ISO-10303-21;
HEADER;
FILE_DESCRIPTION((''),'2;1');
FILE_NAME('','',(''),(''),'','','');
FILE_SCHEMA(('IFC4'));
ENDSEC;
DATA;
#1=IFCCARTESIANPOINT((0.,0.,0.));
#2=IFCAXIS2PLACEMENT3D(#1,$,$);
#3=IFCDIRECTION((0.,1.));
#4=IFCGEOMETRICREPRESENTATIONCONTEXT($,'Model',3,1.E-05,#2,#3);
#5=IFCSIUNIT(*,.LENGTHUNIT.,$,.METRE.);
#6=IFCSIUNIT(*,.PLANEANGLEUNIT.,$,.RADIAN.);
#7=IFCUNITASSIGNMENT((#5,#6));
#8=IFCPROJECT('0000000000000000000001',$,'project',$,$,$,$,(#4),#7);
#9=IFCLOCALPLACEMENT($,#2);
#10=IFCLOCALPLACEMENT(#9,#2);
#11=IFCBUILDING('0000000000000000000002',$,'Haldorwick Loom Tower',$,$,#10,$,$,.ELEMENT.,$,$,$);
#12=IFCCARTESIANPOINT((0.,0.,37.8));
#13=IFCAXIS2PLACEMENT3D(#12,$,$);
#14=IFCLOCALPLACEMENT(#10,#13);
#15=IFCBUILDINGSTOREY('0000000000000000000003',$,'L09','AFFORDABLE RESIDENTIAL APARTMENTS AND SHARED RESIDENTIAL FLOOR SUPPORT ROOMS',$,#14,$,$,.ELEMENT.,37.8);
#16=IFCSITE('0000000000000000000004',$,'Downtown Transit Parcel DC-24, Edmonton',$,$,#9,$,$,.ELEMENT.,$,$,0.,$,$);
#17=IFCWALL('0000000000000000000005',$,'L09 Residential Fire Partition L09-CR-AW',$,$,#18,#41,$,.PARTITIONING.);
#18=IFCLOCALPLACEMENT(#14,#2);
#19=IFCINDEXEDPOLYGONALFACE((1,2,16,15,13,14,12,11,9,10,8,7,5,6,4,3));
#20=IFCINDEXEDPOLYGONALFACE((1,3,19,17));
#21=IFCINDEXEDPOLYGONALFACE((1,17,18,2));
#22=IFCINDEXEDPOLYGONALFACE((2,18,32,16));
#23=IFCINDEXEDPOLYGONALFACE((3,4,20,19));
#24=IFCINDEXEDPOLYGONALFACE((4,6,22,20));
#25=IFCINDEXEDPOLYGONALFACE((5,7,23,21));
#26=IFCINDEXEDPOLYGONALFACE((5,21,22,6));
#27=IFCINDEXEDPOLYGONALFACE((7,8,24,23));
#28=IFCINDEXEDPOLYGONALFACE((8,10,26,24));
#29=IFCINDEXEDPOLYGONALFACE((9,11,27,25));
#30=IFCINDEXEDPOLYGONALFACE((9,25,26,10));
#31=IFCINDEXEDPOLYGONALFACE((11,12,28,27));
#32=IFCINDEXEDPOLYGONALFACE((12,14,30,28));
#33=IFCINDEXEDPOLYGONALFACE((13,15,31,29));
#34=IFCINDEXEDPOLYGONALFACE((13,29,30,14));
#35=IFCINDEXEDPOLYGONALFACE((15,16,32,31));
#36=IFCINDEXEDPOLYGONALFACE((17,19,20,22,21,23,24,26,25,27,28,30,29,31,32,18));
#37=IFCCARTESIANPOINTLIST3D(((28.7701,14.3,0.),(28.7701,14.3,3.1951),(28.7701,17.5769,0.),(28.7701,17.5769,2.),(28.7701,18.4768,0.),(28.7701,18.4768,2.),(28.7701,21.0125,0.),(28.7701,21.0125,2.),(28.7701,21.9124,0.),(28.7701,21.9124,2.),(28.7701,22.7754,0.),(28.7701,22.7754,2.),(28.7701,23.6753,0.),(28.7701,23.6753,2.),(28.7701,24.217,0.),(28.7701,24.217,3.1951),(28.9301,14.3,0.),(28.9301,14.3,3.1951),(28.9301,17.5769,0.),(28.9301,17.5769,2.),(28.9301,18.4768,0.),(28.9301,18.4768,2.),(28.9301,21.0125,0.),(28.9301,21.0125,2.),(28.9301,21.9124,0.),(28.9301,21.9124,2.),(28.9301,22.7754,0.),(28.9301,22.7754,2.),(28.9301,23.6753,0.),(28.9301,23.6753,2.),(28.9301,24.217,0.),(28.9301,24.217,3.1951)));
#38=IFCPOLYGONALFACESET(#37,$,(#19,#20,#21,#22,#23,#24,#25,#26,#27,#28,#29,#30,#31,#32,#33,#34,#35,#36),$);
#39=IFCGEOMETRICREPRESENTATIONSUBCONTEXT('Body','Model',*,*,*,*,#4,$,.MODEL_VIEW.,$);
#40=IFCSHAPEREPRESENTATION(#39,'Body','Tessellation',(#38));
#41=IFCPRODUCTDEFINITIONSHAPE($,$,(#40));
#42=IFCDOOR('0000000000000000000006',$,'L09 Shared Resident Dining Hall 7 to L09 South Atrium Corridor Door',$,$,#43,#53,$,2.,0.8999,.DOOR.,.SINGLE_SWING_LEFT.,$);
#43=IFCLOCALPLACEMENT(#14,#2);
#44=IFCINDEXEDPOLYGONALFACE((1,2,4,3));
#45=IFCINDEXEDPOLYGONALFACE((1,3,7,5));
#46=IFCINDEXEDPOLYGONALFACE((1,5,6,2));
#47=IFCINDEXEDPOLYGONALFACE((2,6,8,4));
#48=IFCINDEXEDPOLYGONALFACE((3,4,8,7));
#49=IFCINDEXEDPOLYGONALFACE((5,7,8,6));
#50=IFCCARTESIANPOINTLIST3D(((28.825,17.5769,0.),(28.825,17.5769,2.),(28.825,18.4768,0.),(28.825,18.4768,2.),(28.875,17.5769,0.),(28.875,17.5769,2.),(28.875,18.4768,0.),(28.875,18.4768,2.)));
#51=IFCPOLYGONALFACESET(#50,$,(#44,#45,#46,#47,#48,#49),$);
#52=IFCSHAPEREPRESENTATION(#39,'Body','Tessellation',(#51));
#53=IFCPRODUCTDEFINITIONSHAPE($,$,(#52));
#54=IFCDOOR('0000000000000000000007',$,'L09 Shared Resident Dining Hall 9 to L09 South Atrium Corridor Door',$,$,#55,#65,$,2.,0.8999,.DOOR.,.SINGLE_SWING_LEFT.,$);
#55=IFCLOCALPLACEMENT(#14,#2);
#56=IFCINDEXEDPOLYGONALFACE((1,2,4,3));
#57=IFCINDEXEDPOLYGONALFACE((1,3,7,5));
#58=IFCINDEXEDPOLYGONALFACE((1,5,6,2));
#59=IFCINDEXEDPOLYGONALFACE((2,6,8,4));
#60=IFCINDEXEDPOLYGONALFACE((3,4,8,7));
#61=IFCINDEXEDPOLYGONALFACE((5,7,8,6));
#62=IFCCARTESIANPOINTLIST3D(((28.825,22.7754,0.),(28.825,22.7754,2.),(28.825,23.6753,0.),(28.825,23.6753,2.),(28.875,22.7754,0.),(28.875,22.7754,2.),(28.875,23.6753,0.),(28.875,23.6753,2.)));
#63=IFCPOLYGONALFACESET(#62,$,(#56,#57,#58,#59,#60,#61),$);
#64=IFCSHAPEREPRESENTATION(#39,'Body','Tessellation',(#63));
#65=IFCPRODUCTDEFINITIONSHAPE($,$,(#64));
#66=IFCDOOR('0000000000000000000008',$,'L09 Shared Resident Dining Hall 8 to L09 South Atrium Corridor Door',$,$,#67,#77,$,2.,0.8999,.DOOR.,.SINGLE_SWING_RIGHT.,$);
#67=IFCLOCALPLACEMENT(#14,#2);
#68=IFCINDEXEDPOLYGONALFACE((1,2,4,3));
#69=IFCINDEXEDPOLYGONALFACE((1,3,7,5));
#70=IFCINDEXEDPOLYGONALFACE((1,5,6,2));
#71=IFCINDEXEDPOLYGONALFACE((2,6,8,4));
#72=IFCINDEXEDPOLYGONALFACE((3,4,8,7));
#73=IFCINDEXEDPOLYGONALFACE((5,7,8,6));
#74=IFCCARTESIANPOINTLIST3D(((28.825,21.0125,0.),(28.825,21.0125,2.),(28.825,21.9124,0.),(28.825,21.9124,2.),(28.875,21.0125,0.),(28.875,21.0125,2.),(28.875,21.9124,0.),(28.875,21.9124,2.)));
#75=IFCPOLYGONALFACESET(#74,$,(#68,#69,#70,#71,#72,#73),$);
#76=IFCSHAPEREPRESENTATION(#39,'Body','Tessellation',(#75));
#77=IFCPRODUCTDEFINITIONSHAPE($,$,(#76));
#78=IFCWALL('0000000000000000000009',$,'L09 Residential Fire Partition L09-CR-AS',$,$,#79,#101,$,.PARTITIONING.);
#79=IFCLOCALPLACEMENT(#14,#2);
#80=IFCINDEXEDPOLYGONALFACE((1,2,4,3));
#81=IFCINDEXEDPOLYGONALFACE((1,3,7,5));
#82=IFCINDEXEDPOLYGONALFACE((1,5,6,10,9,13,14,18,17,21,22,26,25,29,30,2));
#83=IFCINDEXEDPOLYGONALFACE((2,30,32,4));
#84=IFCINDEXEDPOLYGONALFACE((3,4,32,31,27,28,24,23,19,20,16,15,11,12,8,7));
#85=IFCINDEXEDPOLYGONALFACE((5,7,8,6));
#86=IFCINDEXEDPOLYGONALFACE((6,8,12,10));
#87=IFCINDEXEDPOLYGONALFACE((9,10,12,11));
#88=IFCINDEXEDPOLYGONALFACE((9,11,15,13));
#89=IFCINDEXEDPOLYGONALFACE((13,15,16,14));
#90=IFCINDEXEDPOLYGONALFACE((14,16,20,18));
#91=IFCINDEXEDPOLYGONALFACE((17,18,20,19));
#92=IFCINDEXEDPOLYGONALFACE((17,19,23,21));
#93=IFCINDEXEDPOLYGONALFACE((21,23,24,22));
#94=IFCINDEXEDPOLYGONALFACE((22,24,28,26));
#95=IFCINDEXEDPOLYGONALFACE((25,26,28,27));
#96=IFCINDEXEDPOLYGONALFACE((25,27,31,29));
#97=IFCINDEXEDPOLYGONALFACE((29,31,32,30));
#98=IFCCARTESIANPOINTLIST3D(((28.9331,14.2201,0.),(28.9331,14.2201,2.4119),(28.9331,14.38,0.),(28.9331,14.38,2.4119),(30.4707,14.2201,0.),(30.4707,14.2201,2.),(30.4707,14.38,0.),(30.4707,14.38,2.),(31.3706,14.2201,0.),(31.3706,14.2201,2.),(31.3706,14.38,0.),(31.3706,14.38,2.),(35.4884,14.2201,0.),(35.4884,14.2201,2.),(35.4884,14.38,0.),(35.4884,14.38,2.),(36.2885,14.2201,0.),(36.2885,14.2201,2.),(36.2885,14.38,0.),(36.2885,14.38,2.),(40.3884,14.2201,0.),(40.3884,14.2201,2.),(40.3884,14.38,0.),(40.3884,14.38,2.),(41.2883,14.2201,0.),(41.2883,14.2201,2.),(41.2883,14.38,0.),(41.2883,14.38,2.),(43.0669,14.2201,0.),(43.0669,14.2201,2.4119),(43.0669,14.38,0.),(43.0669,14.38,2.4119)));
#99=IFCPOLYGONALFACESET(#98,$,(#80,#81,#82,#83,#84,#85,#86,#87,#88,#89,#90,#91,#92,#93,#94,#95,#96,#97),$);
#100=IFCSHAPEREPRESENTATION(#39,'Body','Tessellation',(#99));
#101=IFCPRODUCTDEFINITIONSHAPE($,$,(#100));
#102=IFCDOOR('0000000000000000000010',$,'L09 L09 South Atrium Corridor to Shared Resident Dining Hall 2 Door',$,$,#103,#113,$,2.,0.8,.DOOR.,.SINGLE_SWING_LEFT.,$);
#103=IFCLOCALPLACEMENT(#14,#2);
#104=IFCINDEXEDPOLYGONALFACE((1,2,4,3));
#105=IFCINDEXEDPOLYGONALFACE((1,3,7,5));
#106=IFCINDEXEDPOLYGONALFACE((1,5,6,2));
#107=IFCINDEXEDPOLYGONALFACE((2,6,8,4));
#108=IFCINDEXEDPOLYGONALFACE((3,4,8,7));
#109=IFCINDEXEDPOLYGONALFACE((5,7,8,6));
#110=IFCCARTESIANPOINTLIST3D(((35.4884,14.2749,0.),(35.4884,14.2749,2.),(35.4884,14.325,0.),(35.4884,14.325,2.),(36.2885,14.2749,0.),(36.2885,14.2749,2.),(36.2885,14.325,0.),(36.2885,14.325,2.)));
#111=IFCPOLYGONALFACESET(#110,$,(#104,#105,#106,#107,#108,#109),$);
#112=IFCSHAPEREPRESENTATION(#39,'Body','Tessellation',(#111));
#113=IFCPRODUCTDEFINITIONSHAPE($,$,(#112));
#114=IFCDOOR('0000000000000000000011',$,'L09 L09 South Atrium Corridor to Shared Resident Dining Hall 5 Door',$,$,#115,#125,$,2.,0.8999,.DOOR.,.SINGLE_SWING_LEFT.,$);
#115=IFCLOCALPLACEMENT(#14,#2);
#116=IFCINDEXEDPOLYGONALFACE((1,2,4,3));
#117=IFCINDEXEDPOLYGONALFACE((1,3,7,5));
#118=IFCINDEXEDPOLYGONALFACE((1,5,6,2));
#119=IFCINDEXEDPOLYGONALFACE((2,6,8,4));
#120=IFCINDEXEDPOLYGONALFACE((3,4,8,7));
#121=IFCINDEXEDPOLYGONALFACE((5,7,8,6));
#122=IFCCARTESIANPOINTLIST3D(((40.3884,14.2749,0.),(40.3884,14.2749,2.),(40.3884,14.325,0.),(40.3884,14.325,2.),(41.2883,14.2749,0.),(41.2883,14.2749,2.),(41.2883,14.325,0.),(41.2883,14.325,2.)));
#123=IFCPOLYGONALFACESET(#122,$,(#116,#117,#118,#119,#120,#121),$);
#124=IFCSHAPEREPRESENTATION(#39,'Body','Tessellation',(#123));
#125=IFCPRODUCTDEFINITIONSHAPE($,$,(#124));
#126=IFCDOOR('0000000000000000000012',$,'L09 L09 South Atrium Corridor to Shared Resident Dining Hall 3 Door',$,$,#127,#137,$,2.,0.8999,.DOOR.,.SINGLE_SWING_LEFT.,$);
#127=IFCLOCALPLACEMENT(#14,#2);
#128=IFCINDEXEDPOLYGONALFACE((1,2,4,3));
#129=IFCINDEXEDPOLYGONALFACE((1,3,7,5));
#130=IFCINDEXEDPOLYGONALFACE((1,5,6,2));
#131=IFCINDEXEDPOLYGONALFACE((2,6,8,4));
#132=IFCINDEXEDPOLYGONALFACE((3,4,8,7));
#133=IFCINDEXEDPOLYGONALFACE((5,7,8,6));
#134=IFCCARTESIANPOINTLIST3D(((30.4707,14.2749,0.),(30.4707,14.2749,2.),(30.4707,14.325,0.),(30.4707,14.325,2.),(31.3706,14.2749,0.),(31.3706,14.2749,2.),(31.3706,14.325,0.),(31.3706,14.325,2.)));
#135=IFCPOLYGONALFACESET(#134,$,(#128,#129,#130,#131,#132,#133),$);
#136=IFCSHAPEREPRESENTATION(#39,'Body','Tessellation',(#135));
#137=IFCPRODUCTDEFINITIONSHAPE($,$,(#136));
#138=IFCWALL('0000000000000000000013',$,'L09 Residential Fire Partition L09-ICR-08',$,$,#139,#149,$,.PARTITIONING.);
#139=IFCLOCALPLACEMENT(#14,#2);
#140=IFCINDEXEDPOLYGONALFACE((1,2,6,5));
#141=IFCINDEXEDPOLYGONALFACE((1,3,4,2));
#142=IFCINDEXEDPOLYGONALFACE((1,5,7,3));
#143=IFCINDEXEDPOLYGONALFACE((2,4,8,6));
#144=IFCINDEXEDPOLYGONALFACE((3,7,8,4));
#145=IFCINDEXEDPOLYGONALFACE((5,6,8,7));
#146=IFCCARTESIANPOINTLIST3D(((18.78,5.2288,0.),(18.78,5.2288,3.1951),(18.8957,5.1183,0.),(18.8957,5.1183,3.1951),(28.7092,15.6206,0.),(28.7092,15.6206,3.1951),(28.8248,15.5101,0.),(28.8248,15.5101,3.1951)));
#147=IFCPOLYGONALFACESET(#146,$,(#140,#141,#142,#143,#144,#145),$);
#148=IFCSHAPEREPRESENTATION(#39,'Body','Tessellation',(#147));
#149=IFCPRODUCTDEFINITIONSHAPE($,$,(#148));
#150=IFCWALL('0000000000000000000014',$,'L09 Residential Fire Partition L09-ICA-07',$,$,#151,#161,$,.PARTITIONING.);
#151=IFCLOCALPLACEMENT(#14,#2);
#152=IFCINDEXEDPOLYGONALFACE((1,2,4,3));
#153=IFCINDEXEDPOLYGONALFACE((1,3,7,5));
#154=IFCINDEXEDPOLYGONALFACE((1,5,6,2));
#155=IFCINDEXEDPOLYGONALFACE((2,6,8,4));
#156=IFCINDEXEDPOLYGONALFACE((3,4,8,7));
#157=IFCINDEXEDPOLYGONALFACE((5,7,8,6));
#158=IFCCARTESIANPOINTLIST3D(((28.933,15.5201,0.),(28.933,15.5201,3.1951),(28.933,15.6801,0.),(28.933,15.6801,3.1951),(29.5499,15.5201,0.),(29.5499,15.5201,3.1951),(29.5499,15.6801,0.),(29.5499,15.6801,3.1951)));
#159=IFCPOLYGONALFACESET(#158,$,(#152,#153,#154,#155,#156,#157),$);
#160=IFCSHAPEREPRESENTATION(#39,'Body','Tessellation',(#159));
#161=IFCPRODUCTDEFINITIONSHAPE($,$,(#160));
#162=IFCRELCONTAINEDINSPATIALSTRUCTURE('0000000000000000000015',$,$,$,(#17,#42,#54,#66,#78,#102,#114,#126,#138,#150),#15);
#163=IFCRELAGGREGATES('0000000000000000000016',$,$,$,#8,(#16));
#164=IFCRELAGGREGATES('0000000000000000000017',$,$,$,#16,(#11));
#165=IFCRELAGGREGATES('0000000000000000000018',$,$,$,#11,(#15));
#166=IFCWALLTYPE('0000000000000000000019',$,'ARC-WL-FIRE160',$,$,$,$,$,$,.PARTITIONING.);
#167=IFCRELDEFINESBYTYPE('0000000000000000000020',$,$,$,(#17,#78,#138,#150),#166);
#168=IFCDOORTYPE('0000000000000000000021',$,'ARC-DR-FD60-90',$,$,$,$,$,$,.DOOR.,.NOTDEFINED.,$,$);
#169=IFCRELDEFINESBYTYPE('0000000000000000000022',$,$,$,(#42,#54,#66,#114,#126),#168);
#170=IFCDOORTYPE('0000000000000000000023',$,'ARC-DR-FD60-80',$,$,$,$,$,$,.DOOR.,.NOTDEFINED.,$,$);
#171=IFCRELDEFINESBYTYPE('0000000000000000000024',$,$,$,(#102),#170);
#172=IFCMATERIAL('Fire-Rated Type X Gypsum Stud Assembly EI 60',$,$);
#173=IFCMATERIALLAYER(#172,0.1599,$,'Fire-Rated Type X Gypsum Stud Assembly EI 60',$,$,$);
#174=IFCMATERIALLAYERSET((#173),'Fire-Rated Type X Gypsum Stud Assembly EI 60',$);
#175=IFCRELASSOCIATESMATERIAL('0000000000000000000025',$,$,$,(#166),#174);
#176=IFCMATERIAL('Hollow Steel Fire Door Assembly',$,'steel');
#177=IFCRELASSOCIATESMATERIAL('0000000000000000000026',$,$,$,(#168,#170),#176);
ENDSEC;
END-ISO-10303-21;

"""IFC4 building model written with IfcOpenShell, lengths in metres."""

from ifc_helpers import new_model, si_unit, direction, frame, frame_2d, origin, place, context, subcontext, project, spatial, rectangle, extrude, material, layer, layer_set, type_object, element, fill, save


model = new_model("IFC4")

# Units and contexts
model_context = context("Model", 3, precision=1e-05, world=origin(), true_north=direction((0.0, 1.0)))
body_context = subcontext(model_context, "Body", "Model", "MODEL_VIEW")
ifc_project = project(units=[si_unit("LENGTHUNIT", "METRE"), si_unit("PLANEANGLEUNIT", "RADIAN")], contexts=[model_context])

# Site, building, storey
site_placement = place(None, origin())
site = spatial("IfcSite", under=ifc_project, at=site_placement, Name="Downtown Transit Parcel DC-24, Edmonton", CompositionType="ELEMENT", RefElevation=0.0)
building_placement = place(site_placement, origin())
building = spatial("IfcBuilding", under=site, at=building_placement, Name="Haldorwick Loom Tower", CompositionType="ELEMENT")
storey_placement = place(building_placement, frame((0.0, 0.0, 37.8)))
storey = spatial("IfcBuildingStorey", under=building, at=storey_placement, Name="L09", Description="AFFORDABLE RESIDENTIAL APARTMENTS AND SHARED RESIDENTIAL FLOOR SUPPORT ROOMS", CompositionType="ELEMENT", Elevation=37.8)

# Walls, openings, doors
ifc_material_1 = material(Name="Fire-Rated Type X Gypsum Stud Assembly EI 60")
ifc_layer_1 = layer(ifc_material_1, 0.1599, Name="Fire-Rated Type X Gypsum Stud Assembly EI 60")
ifc_layer_set_1 = layer_set([ifc_layer_1], Name="Fire-Rated Type X Gypsum Stud Assembly EI 60")
wall_type_1 = type_object("IfcWallType", Name="ARC-WL-FIRE160", PredefinedType="PARTITIONING", material=ifc_layer_set_1)
wall_1_placement = place(storey_placement, frame((28.8501, 14.3, 0.0), z_axis=(0.0, 0.0, 1.0), x_axis=(0.0, 1.0, 0.0)))
wall_1 = element("IfcWall", 1, at=wall_1_placement, inside=storey, type_object=wall_type_1, Name="L09 Residential Fire Partition L09-CR-AW", PredefinedType="PARTITIONING", context=body_context, shape_type="SweptSolid", body=[
    extrude(rectangle(XDim=9.917, YDim=0.1599, at=frame_2d((4.9585, 0.0))), origin(), (0.0, 0.0, 1.0), 3.1951),
])
opening_1_placement = place(wall_1_placement, frame((3.2769, 0.0, 0.0)))
opening_1 = element("IfcOpeningElement", 2, at=opening_1_placement, cuts=wall_1, PredefinedType="OPENING", context=body_context, shape_type="SweptSolid", body=[
    extrude(rectangle(XDim=0.8999, YDim=2.0, at=frame_2d((0.45, 1.0))), frame((0.0, 0.0898, 0.0), z_axis=(0.0, -1.0, 0.0), x_axis=(1.0, 0.0, 0.0)), (0.0, 0.0, 1.0), 0.1799),
])
opening_2_placement = place(wall_1_placement, frame((8.4753, 0.0, 0.0)))
opening_2 = element("IfcOpeningElement", 3, at=opening_2_placement, cuts=wall_1, PredefinedType="OPENING", context=body_context, shape_type="SweptSolid", body=[
    extrude(rectangle(XDim=0.8999, YDim=2.0, at=frame_2d((0.45, 1.0))), frame((0.0, 0.0898, 0.0), z_axis=(0.0, -1.0, 0.0), x_axis=(1.0, 0.0, 0.0)), (0.0, 0.0, 1.0), 0.1799),
])
opening_3_placement = place(wall_1_placement, frame((6.7124, 0.0, 0.0)))
opening_3 = element("IfcOpeningElement", 4, at=opening_3_placement, cuts=wall_1, PredefinedType="OPENING", context=body_context, shape_type="SweptSolid", body=[
    extrude(rectangle(XDim=0.8999, YDim=2.0, at=frame_2d((0.45, 1.0))), frame((0.0, 0.0898, 0.0), z_axis=(0.0, -1.0, 0.0), x_axis=(1.0, 0.0, 0.0)), (0.0, 0.0, 1.0), 0.1799),
])
ifc_material_2 = material(Name="Hollow Steel Fire Door Assembly", Category="steel")
door_type_1 = type_object("IfcDoorType", Name="ARC-DR-FD60-90", OperationType="NOTDEFINED", PredefinedType="DOOR", material=ifc_material_2)
door_1_placement = place(opening_1_placement, frame((0.8999, 0.0, 0.0), z_axis=(0.0, 0.0, 1.0), x_axis=(-1.0, 0.0, 0.0)))
door_1 = element("IfcDoor", 5, at=door_1_placement, inside=storey, type_object=door_type_1, Name="L09 Shared Resident Dining Hall 7 to L09 South Atrium Corridor Door", OperationType="SINGLE_SWING_LEFT", OverallHeight=2.0, OverallWidth=0.8999, PredefinedType="DOOR", context=body_context, shape_type="SweptSolid", body=[
    extrude(rectangle(XDim=0.8999, YDim=2.0, at=frame_2d((0.45, 1.0))), frame((0.0, 0.0249, 0.0), z_axis=(0.0, -1.0, 0.0), x_axis=(1.0, 0.0, 0.0)), (0.0, 0.0, 1.0), 0.05),
])
fill(opening_1, door_1)
door_2_placement = place(opening_2_placement, frame((0.8999, 0.0, 0.0), z_axis=(0.0, 0.0, 1.0), x_axis=(-1.0, 0.0, 0.0)))
door_2 = element("IfcDoor", 6, at=door_2_placement, inside=storey, type_object=door_type_1, Name="L09 Shared Resident Dining Hall 9 to L09 South Atrium Corridor Door", OperationType="SINGLE_SWING_LEFT", OverallHeight=2.0, OverallWidth=0.8999, PredefinedType="DOOR", context=body_context, shape_type="SweptSolid", body=[
    extrude(rectangle(XDim=0.8999, YDim=2.0, at=frame_2d((0.45, 1.0))), frame((0.0, 0.0249, 0.0), z_axis=(0.0, -1.0, 0.0), x_axis=(1.0, 0.0, 0.0)), (0.0, 0.0, 1.0), 0.05),
])
fill(opening_2, door_2)
door_3_placement = place(opening_3_placement, frame((0.8999, 0.0, 0.0), z_axis=(0.0, 0.0, 1.0), x_axis=(-1.0, 0.0, 0.0)))
door_3 = element("IfcDoor", 7, at=door_3_placement, inside=storey, type_object=door_type_1, Name="L09 Shared Resident Dining Hall 8 to L09 South Atrium Corridor Door", OperationType="SINGLE_SWING_RIGHT", OverallHeight=2.0, OverallWidth=0.8999, PredefinedType="DOOR", context=body_context, shape_type="SweptSolid", body=[
    extrude(rectangle(XDim=0.8999, YDim=2.0, at=frame_2d((0.45, 1.0))), frame((0.0, 0.0249, 0.0), z_axis=(0.0, -1.0, 0.0), x_axis=(1.0, 0.0, 0.0)), (0.0, 0.0, 1.0), 0.05),
])
fill(opening_3, door_3)
wall_2_placement = place(storey_placement, frame((28.9331, 14.3, 0.0), z_axis=(0.0, 0.0, 1.0), x_axis=(1.0, 0.0, 0.0)))
wall_2 = element("IfcWall", 8, at=wall_2_placement, inside=storey, type_object=wall_type_1, Name="L09 Residential Fire Partition L09-CR-AS", PredefinedType="PARTITIONING", context=body_context, shape_type="SweptSolid", body=[
    extrude(rectangle(XDim=14.1338, YDim=0.1599, at=frame_2d((7.0669, 0.0))), origin(), (0.0, 0.0, 1.0), 2.4119),
])
opening_4_placement = place(wall_2_placement, frame((11.4553, 0.0, 0.0)))
opening_4 = element("IfcOpeningElement", 9, at=opening_4_placement, cuts=wall_2, PredefinedType="OPENING", context=body_context, shape_type="SweptSolid", body=[
    extrude(rectangle(XDim=0.8999, YDim=2.0, at=frame_2d((0.45, 1.0))), frame((0.0, 0.0898, 0.0), z_axis=(0.0, -1.0, 0.0), x_axis=(1.0, 0.0, 0.0)), (0.0, 0.0, 1.0), 0.1799),
])
opening_5_placement = place(wall_2_placement, frame((1.5376, 0.0, 0.0)))
opening_5 = element("IfcOpeningElement", 10, at=opening_5_placement, cuts=wall_2, PredefinedType="OPENING", context=body_context, shape_type="SweptSolid", body=[
    extrude(rectangle(XDim=0.8999, YDim=2.0, at=frame_2d((0.45, 1.0))), frame((0.0, 0.0898, 0.0), z_axis=(0.0, -1.0, 0.0), x_axis=(1.0, 0.0, 0.0)), (0.0, 0.0, 1.0), 0.1799),
])
opening_6_placement = place(wall_2_placement, frame((6.5554, 0.0, 0.0)))
opening_6 = element("IfcOpeningElement", 11, at=opening_6_placement, cuts=wall_2, PredefinedType="OPENING", context=body_context, shape_type="SweptSolid", body=[
    extrude(rectangle(XDim=0.8, YDim=2.0, at=frame_2d((0.3999, 1.0))), frame((0.0, 0.0898, 0.0), z_axis=(0.0, -1.0, 0.0), x_axis=(1.0, 0.0, 0.0)), (0.0, 0.0, 1.0), 0.1799),
])
door_type_2 = type_object("IfcDoorType", Name="ARC-DR-FD60-80", OperationType="NOTDEFINED", PredefinedType="DOOR", material=ifc_material_2)
door_4_placement = place(opening_6_placement, origin())
door_4 = element("IfcDoor", 12, at=door_4_placement, inside=storey, type_object=door_type_2, Name="L09 L09 South Atrium Corridor to Shared Resident Dining Hall 2 Door", OperationType="SINGLE_SWING_LEFT", OverallHeight=2.0, OverallWidth=0.8, PredefinedType="DOOR", context=body_context, shape_type="SweptSolid", body=[
    extrude(rectangle(XDim=0.8, YDim=2.0, at=frame_2d((0.3999, 1.0))), frame((0.0, 0.0249, 0.0), z_axis=(0.0, -1.0, 0.0), x_axis=(1.0, 0.0, 0.0)), (0.0, 0.0, 1.0), 0.05),
])
fill(opening_6, door_4)
door_5_placement = place(opening_4_placement, origin())
door_5 = element("IfcDoor", 13, at=door_5_placement, inside=storey, type_object=door_type_1, Name="L09 L09 South Atrium Corridor to Shared Resident Dining Hall 5 Door", OperationType="SINGLE_SWING_LEFT", OverallHeight=2.0, OverallWidth=0.8999, PredefinedType="DOOR", context=body_context, shape_type="SweptSolid", body=[
    extrude(rectangle(XDim=0.8999, YDim=2.0, at=frame_2d((0.45, 1.0))), frame((0.0, 0.0249, 0.0), z_axis=(0.0, -1.0, 0.0), x_axis=(1.0, 0.0, 0.0)), (0.0, 0.0, 1.0), 0.05),
])
fill(opening_4, door_5)
door_6_placement = place(opening_5_placement, origin())
door_6 = element("IfcDoor", 14, at=door_6_placement, inside=storey, type_object=door_type_1, Name="L09 L09 South Atrium Corridor to Shared Resident Dining Hall 3 Door", OperationType="SINGLE_SWING_LEFT", OverallHeight=2.0, OverallWidth=0.8999, PredefinedType="DOOR", context=body_context, shape_type="SweptSolid", body=[
    extrude(rectangle(XDim=0.8999, YDim=2.0, at=frame_2d((0.45, 1.0))), frame((0.0, 0.0249, 0.0), z_axis=(0.0, -1.0, 0.0), x_axis=(1.0, 0.0, 0.0)), (0.0, 0.0, 1.0), 0.05),
])
fill(opening_5, door_6)

# Walls
wall_3_placement = place(storey_placement, frame((28.7671, 15.5654, 0.0), z_axis=(0.0, 0.0, 1.0), x_axis=(-0.690829, -0.723018, 0.0)))
element("IfcWall", 15, at=wall_3_placement, inside=storey, type_object=wall_type_1, Name="L09 Residential Fire Partition L09-ICR-08", PredefinedType="PARTITIONING", context=body_context, shape_type="SweptSolid", body=[
    extrude(rectangle(XDim=14.3728, YDim=0.1599, at=frame_2d((7.1865, 0.0))), origin(), (0.0, 0.0, 1.0), 3.1951),
])
wall_4_placement = place(storey_placement, frame((29.55, 15.6001, 0.0), z_axis=(0.0, 0.0, 1.0), x_axis=(-1.0, 0.0, 0.0)))
element("IfcWall", 16, at=wall_4_placement, inside=storey, type_object=wall_type_1, Name="L09 Residential Fire Partition L09-ICA-07", PredefinedType="PARTITIONING", context=body_context, shape_type="SweptSolid", body=[
    extrude(rectangle(XDim=0.6169, YDim=0.1599, at=frame_2d((0.3086, 0.0))), origin(), (0.0, 0.0, 1.0), 3.1951),
])

save(model, "model.ifc")
